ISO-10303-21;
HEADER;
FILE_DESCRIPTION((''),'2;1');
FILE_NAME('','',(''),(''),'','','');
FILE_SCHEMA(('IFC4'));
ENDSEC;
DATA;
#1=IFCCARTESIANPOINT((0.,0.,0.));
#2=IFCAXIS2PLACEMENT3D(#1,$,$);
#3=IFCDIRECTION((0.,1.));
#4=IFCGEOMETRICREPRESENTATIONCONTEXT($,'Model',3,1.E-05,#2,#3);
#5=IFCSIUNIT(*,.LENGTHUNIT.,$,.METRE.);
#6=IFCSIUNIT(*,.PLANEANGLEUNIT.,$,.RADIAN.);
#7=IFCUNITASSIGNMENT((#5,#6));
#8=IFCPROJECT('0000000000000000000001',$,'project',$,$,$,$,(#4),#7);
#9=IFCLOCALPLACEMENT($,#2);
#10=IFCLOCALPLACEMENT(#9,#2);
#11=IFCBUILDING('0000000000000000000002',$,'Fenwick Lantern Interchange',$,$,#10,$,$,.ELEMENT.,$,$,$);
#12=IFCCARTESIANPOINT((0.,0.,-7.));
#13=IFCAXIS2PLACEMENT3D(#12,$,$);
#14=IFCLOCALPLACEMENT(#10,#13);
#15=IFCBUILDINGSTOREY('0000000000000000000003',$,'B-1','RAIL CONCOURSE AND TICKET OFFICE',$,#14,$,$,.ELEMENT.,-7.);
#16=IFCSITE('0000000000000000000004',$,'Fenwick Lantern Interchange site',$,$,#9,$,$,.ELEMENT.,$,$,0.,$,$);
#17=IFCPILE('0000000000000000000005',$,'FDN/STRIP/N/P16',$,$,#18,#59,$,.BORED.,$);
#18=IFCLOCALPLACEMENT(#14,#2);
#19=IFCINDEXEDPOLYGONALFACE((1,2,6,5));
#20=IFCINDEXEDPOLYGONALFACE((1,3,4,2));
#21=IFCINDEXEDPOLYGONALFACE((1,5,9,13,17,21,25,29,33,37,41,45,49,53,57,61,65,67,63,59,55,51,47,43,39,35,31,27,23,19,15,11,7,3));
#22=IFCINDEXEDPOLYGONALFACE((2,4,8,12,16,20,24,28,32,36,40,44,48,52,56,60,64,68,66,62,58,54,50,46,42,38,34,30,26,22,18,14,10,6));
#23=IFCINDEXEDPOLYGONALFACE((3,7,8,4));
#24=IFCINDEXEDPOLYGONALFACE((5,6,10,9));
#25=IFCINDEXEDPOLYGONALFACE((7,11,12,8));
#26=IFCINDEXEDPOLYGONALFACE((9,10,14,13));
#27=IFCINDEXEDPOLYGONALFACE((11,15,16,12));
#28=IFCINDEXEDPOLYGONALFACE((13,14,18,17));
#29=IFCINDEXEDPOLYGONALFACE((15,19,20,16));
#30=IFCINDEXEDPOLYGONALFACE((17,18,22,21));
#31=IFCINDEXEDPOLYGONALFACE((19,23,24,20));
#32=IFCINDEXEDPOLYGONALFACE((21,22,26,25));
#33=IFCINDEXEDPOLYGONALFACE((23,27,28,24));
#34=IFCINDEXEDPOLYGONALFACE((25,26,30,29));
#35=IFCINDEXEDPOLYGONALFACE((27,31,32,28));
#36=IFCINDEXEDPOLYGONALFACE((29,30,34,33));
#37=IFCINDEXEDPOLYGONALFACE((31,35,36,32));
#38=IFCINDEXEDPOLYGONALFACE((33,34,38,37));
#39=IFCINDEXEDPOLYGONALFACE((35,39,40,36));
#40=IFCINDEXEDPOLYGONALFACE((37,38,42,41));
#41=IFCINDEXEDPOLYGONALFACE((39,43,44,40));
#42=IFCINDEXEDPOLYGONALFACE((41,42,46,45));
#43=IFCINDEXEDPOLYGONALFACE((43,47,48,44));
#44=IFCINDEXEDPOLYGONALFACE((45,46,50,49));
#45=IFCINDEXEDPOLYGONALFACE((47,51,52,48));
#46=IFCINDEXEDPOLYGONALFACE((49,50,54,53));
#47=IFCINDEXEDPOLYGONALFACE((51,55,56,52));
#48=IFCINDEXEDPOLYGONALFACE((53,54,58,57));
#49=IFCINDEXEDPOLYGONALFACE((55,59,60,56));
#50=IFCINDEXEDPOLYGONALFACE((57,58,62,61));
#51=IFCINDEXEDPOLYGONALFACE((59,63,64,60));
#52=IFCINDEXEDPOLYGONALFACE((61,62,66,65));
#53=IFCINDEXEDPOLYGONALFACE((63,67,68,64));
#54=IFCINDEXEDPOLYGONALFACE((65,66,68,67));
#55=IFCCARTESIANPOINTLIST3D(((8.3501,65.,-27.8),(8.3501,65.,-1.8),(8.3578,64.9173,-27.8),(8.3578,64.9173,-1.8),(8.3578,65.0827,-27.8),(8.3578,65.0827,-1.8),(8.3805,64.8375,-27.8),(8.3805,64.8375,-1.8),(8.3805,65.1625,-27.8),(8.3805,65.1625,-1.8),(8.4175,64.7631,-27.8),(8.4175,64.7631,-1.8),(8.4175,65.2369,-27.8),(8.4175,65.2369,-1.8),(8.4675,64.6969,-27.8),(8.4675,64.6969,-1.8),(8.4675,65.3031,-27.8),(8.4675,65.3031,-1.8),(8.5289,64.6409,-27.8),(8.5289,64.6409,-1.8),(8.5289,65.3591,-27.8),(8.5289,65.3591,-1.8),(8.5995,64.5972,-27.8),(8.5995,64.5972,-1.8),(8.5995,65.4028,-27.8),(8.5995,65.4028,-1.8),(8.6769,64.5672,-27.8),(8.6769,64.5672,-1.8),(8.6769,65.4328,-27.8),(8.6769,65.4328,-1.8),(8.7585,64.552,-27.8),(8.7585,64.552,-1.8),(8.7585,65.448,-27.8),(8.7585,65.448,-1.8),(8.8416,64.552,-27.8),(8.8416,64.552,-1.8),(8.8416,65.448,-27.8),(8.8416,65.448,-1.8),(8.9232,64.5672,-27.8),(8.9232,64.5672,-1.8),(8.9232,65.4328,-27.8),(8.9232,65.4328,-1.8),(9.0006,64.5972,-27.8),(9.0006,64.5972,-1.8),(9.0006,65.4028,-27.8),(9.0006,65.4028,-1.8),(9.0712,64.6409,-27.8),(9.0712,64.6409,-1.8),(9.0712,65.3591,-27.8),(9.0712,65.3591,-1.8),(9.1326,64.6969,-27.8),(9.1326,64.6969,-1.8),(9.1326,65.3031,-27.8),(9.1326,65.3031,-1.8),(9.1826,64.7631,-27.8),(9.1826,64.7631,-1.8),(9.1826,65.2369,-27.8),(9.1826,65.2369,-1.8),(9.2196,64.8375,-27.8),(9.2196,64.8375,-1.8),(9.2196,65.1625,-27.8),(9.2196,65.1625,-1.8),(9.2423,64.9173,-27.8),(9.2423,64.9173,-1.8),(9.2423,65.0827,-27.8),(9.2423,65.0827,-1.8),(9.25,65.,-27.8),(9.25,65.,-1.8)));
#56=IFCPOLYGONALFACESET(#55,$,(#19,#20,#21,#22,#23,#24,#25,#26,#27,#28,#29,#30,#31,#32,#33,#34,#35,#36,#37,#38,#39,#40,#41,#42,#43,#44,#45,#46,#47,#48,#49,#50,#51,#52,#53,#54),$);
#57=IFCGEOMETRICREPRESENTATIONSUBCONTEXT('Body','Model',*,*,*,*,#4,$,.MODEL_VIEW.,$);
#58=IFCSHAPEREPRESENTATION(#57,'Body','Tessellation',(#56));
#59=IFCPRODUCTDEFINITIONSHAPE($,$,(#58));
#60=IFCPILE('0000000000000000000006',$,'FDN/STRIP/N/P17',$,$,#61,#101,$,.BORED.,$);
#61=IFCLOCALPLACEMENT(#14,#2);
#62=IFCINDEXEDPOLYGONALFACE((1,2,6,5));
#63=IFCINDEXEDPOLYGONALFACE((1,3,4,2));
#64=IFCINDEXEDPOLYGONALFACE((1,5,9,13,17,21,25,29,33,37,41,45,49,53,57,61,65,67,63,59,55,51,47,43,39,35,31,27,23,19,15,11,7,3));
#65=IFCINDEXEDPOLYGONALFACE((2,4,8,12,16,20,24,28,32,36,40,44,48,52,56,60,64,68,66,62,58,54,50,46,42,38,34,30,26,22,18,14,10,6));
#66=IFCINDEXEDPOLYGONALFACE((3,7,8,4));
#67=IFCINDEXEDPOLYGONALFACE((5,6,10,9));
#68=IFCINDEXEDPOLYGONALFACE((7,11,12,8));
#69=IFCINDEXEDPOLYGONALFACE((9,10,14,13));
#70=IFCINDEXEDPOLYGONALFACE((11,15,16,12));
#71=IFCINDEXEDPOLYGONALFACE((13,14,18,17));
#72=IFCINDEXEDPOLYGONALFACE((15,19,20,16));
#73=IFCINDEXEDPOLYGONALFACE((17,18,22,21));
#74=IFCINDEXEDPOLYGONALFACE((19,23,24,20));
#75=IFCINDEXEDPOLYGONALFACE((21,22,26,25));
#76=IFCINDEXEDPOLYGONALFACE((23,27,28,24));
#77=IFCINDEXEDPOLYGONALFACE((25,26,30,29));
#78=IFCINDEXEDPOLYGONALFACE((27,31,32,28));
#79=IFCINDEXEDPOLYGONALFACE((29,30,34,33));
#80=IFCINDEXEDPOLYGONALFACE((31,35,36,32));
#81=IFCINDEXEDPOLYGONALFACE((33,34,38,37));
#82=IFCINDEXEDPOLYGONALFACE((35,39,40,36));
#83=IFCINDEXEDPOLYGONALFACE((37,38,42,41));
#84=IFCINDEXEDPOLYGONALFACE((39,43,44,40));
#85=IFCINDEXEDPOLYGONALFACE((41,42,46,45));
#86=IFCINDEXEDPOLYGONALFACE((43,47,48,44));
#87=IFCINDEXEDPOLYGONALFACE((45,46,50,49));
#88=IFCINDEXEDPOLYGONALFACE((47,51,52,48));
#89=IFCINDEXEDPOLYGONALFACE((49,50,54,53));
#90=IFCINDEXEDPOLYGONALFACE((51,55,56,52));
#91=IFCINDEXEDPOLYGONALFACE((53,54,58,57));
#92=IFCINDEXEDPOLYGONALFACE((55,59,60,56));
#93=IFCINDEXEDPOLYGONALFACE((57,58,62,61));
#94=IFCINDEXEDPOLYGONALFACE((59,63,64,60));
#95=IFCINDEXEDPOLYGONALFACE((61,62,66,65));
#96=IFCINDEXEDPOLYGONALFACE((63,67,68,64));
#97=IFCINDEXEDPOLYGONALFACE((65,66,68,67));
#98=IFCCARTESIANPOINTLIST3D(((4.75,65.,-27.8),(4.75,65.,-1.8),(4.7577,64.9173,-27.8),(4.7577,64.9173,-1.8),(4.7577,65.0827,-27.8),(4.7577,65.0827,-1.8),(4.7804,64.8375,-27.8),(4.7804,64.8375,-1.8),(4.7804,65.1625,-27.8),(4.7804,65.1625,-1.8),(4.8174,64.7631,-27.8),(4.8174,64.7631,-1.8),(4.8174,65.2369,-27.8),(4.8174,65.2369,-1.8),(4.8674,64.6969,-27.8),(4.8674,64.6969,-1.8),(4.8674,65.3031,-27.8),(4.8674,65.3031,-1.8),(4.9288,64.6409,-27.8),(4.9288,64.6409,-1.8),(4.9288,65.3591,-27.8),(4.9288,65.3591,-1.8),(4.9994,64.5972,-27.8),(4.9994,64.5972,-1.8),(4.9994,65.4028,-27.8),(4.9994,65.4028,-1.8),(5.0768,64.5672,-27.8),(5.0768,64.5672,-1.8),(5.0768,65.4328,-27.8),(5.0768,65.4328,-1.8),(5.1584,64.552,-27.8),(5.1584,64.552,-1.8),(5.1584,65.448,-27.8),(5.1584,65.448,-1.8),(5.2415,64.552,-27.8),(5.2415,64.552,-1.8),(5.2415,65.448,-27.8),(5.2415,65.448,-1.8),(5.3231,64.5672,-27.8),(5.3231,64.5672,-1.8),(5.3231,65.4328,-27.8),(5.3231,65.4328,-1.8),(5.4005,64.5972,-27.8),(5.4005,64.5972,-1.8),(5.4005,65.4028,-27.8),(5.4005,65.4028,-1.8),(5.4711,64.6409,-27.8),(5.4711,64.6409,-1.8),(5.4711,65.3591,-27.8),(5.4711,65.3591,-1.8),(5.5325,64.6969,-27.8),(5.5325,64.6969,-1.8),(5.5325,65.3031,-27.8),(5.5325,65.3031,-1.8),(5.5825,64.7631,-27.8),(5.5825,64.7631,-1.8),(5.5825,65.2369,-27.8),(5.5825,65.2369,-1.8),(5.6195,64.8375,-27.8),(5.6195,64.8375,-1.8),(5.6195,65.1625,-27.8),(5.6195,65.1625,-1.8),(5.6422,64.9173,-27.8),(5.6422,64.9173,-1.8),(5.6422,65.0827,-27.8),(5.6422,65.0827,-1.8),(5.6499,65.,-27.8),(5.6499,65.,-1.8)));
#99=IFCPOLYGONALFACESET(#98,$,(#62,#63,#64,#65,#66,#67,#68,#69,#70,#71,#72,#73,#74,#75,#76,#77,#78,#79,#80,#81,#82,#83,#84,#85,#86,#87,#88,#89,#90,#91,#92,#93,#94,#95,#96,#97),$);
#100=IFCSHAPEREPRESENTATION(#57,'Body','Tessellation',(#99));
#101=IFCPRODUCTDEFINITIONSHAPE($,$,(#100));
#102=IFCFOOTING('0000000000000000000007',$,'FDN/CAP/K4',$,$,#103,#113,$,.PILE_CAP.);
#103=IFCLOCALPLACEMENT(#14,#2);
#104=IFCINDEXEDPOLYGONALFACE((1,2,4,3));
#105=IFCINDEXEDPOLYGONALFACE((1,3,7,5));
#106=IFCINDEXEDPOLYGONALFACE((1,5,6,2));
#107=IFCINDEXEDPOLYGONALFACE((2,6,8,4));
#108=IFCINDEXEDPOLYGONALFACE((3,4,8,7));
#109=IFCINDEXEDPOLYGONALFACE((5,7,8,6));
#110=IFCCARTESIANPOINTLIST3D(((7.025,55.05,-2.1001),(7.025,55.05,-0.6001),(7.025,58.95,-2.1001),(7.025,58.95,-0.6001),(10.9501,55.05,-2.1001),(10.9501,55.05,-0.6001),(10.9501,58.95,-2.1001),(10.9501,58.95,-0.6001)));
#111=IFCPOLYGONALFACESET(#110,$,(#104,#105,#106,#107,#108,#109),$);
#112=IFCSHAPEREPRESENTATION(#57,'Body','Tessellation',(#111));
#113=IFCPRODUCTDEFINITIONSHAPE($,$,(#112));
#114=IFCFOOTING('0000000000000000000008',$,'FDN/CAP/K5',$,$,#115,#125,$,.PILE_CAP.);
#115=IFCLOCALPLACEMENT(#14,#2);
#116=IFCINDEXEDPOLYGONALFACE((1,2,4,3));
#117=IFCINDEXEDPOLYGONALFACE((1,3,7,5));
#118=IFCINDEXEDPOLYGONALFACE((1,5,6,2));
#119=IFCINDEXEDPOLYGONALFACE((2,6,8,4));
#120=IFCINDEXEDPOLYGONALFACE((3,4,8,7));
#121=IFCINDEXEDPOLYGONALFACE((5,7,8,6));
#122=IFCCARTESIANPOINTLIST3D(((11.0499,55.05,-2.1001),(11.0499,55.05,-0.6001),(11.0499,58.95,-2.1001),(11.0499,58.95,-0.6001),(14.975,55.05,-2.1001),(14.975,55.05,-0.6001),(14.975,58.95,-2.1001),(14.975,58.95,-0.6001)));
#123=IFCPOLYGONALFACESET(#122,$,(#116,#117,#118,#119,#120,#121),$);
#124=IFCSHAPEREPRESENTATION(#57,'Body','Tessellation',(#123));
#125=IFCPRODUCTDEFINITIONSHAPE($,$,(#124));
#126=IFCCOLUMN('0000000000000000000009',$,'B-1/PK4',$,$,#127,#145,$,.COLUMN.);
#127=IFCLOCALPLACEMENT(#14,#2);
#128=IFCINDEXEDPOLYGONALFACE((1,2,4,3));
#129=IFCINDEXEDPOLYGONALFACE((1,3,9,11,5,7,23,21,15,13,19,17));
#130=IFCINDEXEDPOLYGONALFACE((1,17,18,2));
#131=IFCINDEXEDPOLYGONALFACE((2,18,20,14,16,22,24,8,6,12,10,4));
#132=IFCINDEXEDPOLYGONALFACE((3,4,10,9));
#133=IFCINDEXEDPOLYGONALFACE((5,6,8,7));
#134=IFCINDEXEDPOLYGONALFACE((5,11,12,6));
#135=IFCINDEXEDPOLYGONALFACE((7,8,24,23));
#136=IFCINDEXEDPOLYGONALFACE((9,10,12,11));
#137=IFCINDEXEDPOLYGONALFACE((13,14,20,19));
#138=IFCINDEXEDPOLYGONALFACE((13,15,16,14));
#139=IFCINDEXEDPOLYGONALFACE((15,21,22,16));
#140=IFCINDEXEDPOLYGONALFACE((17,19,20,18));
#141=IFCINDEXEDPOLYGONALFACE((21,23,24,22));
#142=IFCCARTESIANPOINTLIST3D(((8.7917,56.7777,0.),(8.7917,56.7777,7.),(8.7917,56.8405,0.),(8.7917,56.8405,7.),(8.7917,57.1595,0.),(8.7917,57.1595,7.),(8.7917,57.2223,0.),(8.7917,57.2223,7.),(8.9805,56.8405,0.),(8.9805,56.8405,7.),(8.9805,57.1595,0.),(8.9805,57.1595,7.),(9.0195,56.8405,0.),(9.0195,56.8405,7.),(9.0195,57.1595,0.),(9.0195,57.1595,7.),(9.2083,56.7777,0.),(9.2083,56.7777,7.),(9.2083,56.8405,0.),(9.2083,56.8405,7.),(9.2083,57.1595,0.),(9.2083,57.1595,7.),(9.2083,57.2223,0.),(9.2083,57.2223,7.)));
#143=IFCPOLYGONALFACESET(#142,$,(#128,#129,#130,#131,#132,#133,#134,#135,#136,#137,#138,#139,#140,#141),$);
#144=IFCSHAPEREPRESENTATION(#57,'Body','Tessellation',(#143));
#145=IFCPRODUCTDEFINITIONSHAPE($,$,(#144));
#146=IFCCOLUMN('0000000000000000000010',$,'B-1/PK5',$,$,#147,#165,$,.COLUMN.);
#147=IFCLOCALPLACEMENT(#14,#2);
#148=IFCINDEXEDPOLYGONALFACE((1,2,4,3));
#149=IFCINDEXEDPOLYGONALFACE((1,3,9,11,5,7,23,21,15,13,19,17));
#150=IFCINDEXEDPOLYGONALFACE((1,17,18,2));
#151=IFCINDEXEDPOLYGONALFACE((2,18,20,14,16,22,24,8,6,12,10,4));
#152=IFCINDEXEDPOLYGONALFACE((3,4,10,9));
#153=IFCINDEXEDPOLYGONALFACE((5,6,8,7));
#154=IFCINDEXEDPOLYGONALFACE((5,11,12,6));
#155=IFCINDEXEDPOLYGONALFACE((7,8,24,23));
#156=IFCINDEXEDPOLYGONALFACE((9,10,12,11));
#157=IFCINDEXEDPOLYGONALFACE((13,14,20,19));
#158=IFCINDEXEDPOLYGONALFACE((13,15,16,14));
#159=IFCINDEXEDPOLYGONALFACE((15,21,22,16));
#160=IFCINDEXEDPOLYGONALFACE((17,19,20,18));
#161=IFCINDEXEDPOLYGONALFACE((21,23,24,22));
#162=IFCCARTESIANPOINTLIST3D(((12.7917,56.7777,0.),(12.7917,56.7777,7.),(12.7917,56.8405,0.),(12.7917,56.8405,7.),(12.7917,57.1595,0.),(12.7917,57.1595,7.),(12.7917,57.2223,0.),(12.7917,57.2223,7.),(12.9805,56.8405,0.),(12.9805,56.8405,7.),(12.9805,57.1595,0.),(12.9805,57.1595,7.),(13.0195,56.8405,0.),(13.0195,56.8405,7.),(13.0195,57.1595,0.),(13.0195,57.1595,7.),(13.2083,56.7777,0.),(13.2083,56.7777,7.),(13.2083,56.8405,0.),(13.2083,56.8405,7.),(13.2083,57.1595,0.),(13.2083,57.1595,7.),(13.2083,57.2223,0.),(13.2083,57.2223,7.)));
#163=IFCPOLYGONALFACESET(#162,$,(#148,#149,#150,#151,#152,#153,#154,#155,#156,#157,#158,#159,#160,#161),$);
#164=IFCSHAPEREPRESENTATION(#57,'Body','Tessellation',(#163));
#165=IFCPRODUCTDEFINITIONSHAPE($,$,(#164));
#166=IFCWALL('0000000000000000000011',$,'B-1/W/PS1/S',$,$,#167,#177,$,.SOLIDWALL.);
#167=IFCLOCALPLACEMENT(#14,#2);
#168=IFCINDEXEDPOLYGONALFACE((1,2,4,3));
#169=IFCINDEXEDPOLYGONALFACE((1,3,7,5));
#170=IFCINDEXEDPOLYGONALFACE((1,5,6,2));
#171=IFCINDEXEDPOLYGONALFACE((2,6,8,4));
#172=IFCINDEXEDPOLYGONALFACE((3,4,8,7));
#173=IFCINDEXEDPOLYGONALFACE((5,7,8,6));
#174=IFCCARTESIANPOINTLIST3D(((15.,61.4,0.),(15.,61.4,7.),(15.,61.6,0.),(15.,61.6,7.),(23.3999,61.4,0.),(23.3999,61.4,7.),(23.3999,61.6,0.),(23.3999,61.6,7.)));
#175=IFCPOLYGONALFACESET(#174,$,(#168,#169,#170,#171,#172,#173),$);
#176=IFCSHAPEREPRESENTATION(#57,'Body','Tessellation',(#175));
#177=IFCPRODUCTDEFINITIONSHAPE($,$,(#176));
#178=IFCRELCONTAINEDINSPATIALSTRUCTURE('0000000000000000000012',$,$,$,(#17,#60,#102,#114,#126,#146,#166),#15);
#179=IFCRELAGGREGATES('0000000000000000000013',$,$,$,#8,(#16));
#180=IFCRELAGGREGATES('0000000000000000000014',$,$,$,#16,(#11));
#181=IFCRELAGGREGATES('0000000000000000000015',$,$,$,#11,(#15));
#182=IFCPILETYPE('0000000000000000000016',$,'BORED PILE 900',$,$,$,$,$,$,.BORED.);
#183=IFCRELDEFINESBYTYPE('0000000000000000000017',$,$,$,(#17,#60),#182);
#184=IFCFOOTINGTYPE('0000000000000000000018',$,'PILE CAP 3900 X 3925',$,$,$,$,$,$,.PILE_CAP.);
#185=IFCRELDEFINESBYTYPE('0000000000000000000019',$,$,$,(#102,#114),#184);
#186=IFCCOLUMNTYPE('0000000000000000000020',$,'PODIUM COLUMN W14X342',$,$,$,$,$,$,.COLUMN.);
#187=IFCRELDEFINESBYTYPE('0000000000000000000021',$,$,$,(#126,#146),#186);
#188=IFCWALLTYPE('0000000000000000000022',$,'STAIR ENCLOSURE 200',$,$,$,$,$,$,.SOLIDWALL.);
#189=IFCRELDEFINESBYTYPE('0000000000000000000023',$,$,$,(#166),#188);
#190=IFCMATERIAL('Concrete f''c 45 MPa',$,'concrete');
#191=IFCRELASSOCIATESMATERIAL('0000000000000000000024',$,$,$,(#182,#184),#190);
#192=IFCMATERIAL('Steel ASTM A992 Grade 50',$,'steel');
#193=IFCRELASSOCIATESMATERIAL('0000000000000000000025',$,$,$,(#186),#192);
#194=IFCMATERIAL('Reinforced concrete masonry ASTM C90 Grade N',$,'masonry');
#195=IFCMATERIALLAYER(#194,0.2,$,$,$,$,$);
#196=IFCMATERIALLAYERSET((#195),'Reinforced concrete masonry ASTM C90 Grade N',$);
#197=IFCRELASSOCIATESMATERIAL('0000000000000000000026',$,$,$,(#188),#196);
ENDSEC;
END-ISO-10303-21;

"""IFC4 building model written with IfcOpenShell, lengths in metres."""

from ifc_helpers import new_model, si_unit, direction, frame, frame_2d, origin, origin_2d, place, context, subcontext, project, spatial, rectangle, circle, i_section, extrude, material, layer, layer_set, material_profile, profile_set, type_object, element, save


model = new_model("IFC4")

# Units and contexts
model_context = context("Model", 3, precision=1e-05, world=origin(), true_north=direction((0.0, 1.0)))
body_context = subcontext(model_context, "Body", "Model", "MODEL_VIEW")
ifc_project = project(units=[si_unit("LENGTHUNIT", "METRE"), si_unit("PLANEANGLEUNIT", "RADIAN")], contexts=[model_context])

# Site, building, storey
site_placement = place(None, origin())
site = spatial("IfcSite", under=ifc_project, at=site_placement, Name="Fenwick Lantern Interchange site", CompositionType="ELEMENT", RefElevation=0.0)
building_placement = place(site_placement, origin())
building = spatial("IfcBuilding", under=site, at=building_placement, Name="Fenwick Lantern Interchange", CompositionType="ELEMENT")
storey_placement = place(building_placement, frame((0.0, 0.0, -7.0)))
storey = spatial("IfcBuildingStorey", under=building, at=storey_placement, Name="B-1", Description="RAIL CONCOURSE AND TICKET OFFICE", CompositionType="ELEMENT", Elevation=-7.0)

# Piles
ifc_material_1 = material(Name="Concrete f'c 45 MPa", Category="concrete")
pile_type = type_object("IfcPileType", Name="BORED PILE 900", PredefinedType="BORED", material=ifc_material_1)
for number, where, z_axis, x_axis, name in (
    (1, (8.8, 65.0, -1.8), (0.0, 0.0, -1.0), (1.0, 0.0, 0.0), "FDN/STRIP/N/P16"),
    (2, (5.2, 65.0, -1.8), (0.0, 0.0, -1.0), (1.0, 0.0, 0.0), "FDN/STRIP/N/P17"),
):
    element("IfcPile", number, at=place(storey_placement, frame(where, z_axis=z_axis, x_axis=x_axis)), inside=storey, type_object=pile_type, Name=name, PredefinedType="BORED", context=body_context, shape_type="SweptSolid", body=[
        extrude(circle(Radius=0.45, at=origin_2d()), origin(), (0.0, 0.0, 1.0), 26.0),
    ])

# Footings
footing_type = type_object("IfcFootingType", Name="PILE CAP 3900 X 3925", PredefinedType="PILE_CAP", material=ifc_material_1)
for number, where, z_axis, x_axis, name in (
    (3, (8.9875, 57.0, -2.1001), (0.0, 0.0, 1.0), (1.0, 0.0, 0.0), "FDN/CAP/K4"),
    (4, (13.0125, 57.0, -2.1001), (0.0, 0.0, 1.0), (1.0, 0.0, 0.0), "FDN/CAP/K5"),
):
    element("IfcFooting", number, at=place(storey_placement, frame(where, z_axis=z_axis, x_axis=x_axis)), inside=storey, type_object=footing_type, Name=name, PredefinedType="PILE_CAP", context=body_context, shape_type="SweptSolid", body=[
        extrude(rectangle(XDim=3.925, YDim=3.8999, at=origin_2d()), origin(), (0.0, 0.0, 1.0), 1.5),
    ])

# Columns
ifc_material_2 = material(Name="Steel ASTM A992 Grade 50", Category="steel")
ifc_material_profile = material_profile(ifc_material_2, i_section(OverallWidth=0.4165, OverallDepth=0.4446, WebThickness=0.0391, FlangeThickness=0.0627, at=origin_2d()), Name="W14X342")
ifc_profile_set = profile_set([ifc_material_profile], Name="Steel ASTM A992 Grade 50")
column_type = type_object("IfcColumnType", Name="PODIUM COLUMN W14X342", PredefinedType="COLUMN", material=ifc_profile_set)
for number, where, z_axis, x_axis, name in (
    (5, (9.0, 57.0, 0.0), (0.0, 0.0, 1.0), (1.0, 0.0, 0.0), "B-1/PK4"),
    (6, (13.0, 57.0, 0.0), (0.0, 0.0, 1.0), (1.0, 0.0, 0.0), "B-1/PK5"),
):
    element("IfcColumn", number, at=place(storey_placement, frame(where, z_axis=z_axis, x_axis=x_axis)), inside=storey, type_object=column_type, Name=name, PredefinedType="COLUMN", context=body_context, shape_type="SweptSolid", body=[
        extrude(i_section(OverallWidth=0.4165, OverallDepth=0.4446, WebThickness=0.0391, FlangeThickness=0.0627, at=origin_2d()), origin(), (0.0, 0.0, 1.0), 7.0),
    ])

# Wall
ifc_material_3 = material(Name="Reinforced concrete masonry ASTM C90 Grade N", Category="masonry")
ifc_layer = layer(ifc_material_3, 0.2)
ifc_layer_set = layer_set([ifc_layer], Name="Reinforced concrete masonry ASTM C90 Grade N")
wall_type = type_object("IfcWallType", Name="STAIR ENCLOSURE 200", PredefinedType="SOLIDWALL", material=ifc_layer_set)
wall_1_placement = place(storey_placement, frame((15.0, 61.5, 0.0), z_axis=(0.0, 0.0, 1.0), x_axis=(1.0, 0.0, 0.0)))
element("IfcWall", 7, at=wall_1_placement, inside=storey, type_object=wall_type, Name="B-1/W/PS1/S", PredefinedType="SOLIDWALL", context=body_context, shape_type="SweptSolid", body=[
    extrude(rectangle(XDim=8.3999, YDim=0.2, at=frame_2d((4.2, 0.0))), origin(), (0.0, 0.0, 1.0), 7.0),
])

save(model, "model.ifc")
